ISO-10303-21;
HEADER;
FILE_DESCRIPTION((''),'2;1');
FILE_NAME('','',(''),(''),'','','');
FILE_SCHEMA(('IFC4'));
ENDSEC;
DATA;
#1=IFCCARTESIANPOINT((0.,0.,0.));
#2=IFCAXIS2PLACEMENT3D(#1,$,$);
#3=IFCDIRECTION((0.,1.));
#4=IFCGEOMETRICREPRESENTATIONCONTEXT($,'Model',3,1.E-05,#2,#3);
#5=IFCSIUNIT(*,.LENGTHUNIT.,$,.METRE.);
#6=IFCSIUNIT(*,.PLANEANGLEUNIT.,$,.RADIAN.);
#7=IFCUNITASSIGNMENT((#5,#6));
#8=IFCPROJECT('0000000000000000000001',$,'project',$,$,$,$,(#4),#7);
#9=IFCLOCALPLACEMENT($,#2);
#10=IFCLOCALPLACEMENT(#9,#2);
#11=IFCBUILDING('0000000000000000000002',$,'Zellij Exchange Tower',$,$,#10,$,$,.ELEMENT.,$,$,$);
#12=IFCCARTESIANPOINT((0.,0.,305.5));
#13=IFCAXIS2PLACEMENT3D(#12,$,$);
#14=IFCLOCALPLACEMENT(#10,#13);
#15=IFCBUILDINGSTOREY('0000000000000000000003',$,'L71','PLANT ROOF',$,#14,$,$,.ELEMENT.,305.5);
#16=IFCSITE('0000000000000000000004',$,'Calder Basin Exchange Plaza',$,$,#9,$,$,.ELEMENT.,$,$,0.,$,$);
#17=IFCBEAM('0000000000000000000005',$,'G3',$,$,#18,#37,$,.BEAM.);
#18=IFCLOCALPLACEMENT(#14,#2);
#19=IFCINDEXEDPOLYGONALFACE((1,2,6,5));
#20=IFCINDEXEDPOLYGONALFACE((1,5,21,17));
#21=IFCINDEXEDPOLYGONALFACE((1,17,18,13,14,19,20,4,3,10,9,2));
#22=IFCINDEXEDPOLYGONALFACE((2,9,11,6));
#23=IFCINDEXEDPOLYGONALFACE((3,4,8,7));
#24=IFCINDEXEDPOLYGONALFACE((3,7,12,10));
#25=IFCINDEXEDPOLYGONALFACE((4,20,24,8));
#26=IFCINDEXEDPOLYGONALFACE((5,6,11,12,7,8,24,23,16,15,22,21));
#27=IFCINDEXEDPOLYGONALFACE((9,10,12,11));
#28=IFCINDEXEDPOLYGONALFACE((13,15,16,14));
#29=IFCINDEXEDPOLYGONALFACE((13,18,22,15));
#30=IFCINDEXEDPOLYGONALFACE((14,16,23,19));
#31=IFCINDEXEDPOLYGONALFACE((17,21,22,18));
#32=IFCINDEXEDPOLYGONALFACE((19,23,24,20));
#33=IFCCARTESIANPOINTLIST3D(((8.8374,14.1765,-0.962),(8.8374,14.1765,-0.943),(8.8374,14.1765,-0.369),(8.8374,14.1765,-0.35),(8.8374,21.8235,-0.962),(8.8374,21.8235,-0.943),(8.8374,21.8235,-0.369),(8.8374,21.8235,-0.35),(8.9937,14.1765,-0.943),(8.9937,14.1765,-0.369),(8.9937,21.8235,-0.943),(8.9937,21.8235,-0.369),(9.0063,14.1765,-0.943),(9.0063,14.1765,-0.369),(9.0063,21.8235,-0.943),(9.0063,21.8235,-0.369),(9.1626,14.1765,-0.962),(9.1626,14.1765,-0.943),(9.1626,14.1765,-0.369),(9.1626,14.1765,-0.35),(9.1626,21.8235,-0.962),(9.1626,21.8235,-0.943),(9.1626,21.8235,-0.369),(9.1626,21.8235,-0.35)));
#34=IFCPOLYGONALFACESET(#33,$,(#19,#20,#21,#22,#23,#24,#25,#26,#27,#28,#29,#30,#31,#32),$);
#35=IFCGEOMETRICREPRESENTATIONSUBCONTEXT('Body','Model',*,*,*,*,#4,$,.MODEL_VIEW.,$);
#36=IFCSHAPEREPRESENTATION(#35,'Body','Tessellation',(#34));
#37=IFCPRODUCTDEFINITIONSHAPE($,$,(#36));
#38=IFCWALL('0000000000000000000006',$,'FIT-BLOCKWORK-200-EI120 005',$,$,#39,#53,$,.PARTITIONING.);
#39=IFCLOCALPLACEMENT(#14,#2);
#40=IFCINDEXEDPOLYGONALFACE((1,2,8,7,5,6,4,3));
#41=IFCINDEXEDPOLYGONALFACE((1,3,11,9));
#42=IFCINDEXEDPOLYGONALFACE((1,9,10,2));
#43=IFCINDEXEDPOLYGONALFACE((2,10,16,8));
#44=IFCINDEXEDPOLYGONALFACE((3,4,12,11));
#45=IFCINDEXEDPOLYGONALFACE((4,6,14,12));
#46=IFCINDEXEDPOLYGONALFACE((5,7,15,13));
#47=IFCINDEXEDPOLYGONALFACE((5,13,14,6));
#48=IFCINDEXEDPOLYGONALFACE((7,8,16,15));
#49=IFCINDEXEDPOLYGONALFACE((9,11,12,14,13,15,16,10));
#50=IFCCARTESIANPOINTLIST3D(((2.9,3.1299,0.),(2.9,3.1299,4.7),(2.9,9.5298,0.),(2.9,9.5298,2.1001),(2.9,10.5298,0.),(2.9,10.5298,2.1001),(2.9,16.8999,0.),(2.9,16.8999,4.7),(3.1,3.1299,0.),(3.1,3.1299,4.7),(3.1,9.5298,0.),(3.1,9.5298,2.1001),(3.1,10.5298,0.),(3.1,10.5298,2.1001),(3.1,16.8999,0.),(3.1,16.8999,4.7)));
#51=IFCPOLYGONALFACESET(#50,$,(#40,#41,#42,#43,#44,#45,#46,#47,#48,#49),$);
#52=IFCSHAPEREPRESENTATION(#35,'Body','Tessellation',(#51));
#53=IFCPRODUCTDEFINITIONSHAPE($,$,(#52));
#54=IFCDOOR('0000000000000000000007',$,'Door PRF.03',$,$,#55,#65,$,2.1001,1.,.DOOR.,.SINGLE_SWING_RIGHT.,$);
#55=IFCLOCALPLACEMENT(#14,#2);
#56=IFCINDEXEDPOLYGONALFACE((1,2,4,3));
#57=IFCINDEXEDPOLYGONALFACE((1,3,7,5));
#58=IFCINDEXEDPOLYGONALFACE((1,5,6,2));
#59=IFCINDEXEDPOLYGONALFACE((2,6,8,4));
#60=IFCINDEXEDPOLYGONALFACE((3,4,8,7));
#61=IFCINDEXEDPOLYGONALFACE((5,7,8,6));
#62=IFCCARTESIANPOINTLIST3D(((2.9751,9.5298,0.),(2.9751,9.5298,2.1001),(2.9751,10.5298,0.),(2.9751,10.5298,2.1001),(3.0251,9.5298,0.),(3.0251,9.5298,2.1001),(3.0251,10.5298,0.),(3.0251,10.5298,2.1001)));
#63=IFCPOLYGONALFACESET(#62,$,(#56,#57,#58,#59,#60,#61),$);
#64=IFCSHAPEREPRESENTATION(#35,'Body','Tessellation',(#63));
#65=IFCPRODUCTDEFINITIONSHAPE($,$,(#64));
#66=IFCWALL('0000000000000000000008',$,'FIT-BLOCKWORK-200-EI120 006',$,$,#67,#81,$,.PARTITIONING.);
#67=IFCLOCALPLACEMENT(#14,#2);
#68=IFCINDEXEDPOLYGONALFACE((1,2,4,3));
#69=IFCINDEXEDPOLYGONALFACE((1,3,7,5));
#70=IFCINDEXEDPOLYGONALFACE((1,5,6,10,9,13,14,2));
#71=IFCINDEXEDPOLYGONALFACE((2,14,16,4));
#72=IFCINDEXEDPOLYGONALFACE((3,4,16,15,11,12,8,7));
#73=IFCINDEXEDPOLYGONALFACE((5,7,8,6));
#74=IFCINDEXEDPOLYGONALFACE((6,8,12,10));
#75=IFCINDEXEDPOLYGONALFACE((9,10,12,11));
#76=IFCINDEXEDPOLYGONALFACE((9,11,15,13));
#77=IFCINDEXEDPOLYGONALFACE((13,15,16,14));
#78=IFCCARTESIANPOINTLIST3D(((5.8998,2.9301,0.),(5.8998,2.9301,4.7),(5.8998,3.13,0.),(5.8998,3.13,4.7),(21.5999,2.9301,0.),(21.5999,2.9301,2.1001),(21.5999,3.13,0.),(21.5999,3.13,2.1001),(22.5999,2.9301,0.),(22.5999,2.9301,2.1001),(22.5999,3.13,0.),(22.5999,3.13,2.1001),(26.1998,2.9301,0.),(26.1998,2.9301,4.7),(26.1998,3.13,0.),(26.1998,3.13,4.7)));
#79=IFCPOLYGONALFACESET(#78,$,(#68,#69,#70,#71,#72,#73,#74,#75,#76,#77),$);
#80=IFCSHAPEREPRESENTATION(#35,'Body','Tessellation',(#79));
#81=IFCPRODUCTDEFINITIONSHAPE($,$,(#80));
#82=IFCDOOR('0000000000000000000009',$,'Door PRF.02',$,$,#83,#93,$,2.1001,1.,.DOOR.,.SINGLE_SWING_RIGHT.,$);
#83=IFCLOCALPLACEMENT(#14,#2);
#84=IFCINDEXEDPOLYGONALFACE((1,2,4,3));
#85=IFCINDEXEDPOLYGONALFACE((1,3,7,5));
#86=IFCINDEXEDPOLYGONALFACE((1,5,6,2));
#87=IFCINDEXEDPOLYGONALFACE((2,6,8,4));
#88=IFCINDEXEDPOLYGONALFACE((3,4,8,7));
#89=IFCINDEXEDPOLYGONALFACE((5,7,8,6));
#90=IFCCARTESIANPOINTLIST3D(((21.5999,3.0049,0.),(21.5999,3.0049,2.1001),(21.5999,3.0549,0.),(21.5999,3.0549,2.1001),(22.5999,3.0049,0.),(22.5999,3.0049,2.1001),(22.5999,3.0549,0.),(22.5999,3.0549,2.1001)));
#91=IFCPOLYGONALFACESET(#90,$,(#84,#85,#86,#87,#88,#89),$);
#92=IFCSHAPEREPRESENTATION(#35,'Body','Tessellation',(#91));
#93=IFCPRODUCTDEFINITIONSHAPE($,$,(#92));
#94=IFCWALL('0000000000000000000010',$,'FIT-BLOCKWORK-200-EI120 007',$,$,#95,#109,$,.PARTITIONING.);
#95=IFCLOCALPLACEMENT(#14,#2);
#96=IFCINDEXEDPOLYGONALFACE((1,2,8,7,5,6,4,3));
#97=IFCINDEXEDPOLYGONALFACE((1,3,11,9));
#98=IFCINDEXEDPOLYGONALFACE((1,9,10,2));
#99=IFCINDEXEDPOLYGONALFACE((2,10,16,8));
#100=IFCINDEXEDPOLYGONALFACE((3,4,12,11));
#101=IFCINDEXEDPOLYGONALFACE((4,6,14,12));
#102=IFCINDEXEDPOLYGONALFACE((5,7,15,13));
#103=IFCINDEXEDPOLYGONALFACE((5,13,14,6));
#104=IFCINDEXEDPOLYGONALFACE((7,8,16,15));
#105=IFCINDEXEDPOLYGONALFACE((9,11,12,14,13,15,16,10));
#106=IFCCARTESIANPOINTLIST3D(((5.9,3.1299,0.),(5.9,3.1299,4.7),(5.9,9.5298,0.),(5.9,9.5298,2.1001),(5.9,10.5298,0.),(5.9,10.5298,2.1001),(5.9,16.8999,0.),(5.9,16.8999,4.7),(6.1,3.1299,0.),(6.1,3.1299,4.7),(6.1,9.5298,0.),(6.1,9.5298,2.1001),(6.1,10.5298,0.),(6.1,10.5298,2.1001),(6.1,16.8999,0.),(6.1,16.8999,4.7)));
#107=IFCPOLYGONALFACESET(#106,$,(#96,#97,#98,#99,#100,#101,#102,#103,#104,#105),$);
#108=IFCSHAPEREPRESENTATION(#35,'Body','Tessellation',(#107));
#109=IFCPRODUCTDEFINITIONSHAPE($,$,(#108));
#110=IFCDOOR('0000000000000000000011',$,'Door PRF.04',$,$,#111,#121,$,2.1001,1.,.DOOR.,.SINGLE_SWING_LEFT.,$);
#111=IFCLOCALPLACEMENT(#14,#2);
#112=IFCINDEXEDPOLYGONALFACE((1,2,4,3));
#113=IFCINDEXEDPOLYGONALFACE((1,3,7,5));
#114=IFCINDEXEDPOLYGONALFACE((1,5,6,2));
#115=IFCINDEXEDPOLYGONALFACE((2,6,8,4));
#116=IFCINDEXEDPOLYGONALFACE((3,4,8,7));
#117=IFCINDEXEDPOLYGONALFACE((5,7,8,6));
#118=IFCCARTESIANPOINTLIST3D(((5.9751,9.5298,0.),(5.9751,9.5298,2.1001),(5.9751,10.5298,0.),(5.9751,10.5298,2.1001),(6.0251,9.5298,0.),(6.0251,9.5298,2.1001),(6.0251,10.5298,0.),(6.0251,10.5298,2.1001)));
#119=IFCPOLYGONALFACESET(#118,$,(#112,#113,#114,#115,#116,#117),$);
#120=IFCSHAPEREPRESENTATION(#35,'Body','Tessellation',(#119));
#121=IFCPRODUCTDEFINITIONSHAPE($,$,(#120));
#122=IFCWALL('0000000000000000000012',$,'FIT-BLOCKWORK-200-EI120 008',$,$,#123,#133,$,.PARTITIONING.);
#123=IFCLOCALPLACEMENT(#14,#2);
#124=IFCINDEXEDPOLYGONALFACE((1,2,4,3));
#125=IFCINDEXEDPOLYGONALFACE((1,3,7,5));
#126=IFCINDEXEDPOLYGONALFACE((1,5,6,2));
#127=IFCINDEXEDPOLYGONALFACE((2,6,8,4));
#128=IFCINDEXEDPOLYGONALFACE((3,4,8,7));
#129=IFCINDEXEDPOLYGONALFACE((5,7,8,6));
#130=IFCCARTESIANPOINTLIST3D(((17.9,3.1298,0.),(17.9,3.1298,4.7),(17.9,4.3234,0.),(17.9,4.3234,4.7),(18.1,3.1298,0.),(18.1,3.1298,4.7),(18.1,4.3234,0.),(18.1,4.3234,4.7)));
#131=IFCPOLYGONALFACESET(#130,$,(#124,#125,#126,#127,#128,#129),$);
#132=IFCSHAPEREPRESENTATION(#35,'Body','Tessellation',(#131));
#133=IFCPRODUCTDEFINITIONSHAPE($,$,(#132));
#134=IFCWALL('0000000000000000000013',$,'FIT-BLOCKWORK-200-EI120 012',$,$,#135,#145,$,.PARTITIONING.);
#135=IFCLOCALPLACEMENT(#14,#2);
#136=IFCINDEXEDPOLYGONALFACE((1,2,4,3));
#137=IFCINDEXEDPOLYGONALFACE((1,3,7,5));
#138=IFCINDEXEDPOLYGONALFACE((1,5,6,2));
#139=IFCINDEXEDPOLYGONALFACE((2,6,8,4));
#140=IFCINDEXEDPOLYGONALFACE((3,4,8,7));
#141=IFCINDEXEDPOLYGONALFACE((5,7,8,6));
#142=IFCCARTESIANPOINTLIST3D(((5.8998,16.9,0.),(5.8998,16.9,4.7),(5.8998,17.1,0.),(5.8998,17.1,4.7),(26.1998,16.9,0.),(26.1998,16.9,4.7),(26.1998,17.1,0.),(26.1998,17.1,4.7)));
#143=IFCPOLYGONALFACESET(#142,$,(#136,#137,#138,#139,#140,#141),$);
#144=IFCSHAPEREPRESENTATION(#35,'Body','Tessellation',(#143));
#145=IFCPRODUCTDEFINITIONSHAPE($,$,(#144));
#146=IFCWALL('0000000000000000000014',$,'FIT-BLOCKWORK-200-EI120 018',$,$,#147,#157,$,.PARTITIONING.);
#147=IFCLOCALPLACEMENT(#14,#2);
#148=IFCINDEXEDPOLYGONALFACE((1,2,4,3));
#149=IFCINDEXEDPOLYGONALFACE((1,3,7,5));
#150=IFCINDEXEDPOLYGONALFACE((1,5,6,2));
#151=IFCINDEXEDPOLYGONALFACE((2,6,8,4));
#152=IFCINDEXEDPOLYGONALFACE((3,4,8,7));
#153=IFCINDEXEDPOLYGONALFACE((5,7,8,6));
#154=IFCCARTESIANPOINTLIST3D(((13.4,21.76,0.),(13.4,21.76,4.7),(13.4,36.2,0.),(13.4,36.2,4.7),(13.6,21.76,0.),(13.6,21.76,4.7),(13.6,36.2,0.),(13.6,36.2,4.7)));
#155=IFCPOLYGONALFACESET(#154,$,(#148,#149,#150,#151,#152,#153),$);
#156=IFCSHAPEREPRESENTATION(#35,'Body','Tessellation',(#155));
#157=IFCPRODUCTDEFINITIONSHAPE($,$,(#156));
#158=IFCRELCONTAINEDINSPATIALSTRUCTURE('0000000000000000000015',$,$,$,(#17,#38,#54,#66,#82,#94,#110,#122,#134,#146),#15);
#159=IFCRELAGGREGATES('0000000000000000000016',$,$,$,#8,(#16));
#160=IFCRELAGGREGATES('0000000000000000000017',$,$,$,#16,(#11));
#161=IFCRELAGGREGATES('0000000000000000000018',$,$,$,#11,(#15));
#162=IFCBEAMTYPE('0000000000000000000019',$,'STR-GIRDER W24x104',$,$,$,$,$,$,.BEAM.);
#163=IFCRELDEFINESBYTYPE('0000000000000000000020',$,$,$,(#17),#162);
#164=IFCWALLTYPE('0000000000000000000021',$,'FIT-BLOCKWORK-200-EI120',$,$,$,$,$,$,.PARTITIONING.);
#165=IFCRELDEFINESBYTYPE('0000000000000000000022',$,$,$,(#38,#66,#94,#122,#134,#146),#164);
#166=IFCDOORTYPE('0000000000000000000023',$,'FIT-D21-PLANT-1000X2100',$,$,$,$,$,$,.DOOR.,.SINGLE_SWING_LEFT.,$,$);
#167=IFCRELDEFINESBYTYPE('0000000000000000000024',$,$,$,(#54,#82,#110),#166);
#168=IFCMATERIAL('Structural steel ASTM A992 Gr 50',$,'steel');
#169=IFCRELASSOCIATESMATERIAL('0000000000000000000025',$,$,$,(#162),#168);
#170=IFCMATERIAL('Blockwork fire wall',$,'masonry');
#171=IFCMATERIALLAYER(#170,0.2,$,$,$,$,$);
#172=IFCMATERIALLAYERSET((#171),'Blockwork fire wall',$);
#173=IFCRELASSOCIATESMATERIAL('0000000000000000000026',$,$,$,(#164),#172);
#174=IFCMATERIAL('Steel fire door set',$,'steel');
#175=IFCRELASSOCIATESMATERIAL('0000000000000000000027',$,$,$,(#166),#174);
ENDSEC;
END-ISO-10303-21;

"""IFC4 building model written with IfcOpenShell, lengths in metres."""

from ifc_helpers import new_model, si_unit, direction, frame, frame_2d, origin, origin_2d, place, context, subcontext, project, spatial, rectangle, i_section, extrude, material, layer, layer_set, material_profile, profile_set, type_object, element, fill, save


model = new_model("IFC4")

# Units and contexts
model_context = context("Model", 3, precision=1e-05, world=origin(), true_north=direction((0.0, 1.0)))
body_context = subcontext(model_context, "Body", "Model", "MODEL_VIEW")
ifc_project = project(units=[si_unit("LENGTHUNIT", "METRE"), si_unit("PLANEANGLEUNIT", "RADIAN")], contexts=[model_context])

# Site, building, storey
site_placement = place(None, origin())
site = spatial("IfcSite", under=ifc_project, at=site_placement, Name="Calder Basin Exchange Plaza", CompositionType="ELEMENT", RefElevation=0.0)
building_placement = place(site_placement, origin())
building = spatial("IfcBuilding", under=site, at=building_placement, Name="Zellij Exchange Tower", CompositionType="ELEMENT")
storey_placement = place(building_placement, frame((0.0, 0.0, 305.5)))
storey = spatial("IfcBuildingStorey", under=building, at=storey_placement, Name="L71", Description="PLANT ROOF", CompositionType="ELEMENT", Elevation=305.5)

# Shared definitions
ifc_material_1 = material(Name="Structural steel ASTM A992 Gr 50", Category="steel")

# Beam
ifc_material_profile_1 = material_profile(ifc_material_1, i_section(OverallWidth=0.3252, OverallDepth=0.6121, WebThickness=0.0127, FlangeThickness=0.019, at=origin_2d()), Name="W24x104")
ifc_profile_set_1 = profile_set([ifc_material_profile_1], Name="Structural steel ASTM A992 Gr 50")
beam_type = type_object("IfcBeamType", Name="STR-GIRDER W24x104", PredefinedType="BEAM", material=ifc_profile_set_1)
beam_1_placement = place(storey_placement, frame((9.0, 14.1765, -0.656), z_axis=(0.0, 1.0, 0.0), x_axis=(-1.0, 0.0, 0.0)))
element("IfcBeam", 1, at=beam_1_placement, inside=storey, type_object=beam_type, Name="G3", PredefinedType="BEAM", context=body_context, shape_type="SweptSolid", body=[
    extrude(i_section(OverallWidth=0.3252, OverallDepth=0.6121, WebThickness=0.0127, FlangeThickness=0.019, at=origin_2d()), origin(), (0.0, 0.0, 1.0), 7.647),
])

# Walls, openings, doors
ifc_material_2 = material(Name="Blockwork fire wall", Category="masonry")
ifc_layer_1 = layer(ifc_material_2, 0.2)
ifc_layer_set_1 = layer_set([ifc_layer_1], Name="Blockwork fire wall")
wall_type = type_object("IfcWallType", Name="FIT-BLOCKWORK-200-EI120", PredefinedType="PARTITIONING", material=ifc_layer_set_1)
wall_1_placement = place(storey_placement, frame((3.0, 3.1299, 0.0), z_axis=(0.0, 0.0, 1.0), x_axis=(0.0, 1.0, 0.0)))
wall_1 = element("IfcWall", 2, at=wall_1_placement, inside=storey, type_object=wall_type, Name="FIT-BLOCKWORK-200-EI120 005", PredefinedType="PARTITIONING", context=body_context, shape_type="SweptSolid", body=[
    extrude(rectangle(XDim=13.77, YDim=0.2, at=frame_2d((6.885, 0.0))), origin(), (0.0, 0.0, 1.0), 4.7),
])
opening_1_placement = place(wall_1_placement, frame((6.3999, 0.0, 0.0)))
opening_1 = element("IfcOpeningElement", 3, at=opening_1_placement, cuts=wall_1, PredefinedType="OPENING", context=body_context, shape_type="SweptSolid", body=[
    extrude(rectangle(XDim=1.0, YDim=2.1001, at=frame_2d((0.5, 1.05))), frame((0.0, 0.1118, 0.0), z_axis=(0.0, -1.0, 0.0), x_axis=(1.0, 0.0, 0.0)), (0.0, 0.0, 1.0), 0.2239),
])
ifc_material_3 = material(Name="Steel fire door set", Category="steel")
door_type = type_object("IfcDoorType", Name="FIT-D21-PLANT-1000X2100", OperationType="SINGLE_SWING_LEFT", PredefinedType="DOOR", material=ifc_material_3)
door_1_placement = place(opening_1_placement, origin())
door_1 = element("IfcDoor", 4, at=door_1_placement, inside=storey, type_object=door_type, Name="Door PRF.03", OperationType="SINGLE_SWING_RIGHT", OverallHeight=2.1001, OverallWidth=1.0, PredefinedType="DOOR", context=body_context, shape_type="SweptSolid", body=[
    extrude(rectangle(XDim=1.0, YDim=2.1001, at=frame_2d((0.5, 1.05))), frame((0.0, 0.0249, 0.0), z_axis=(0.0, -1.0, 0.0), x_axis=(1.0, 0.0, 0.0)), (0.0, 0.0, 1.0), 0.05),
])
fill(opening_1, door_1)
wall_2_placement = place(storey_placement, frame((5.8999, 3.03, 0.0), z_axis=(0.0, 0.0, 1.0), x_axis=(1.0, 0.0, 0.0)))
wall_2 = element("IfcWall", 5, at=wall_2_placement, inside=storey, type_object=wall_type, Name="FIT-BLOCKWORK-200-EI120 006", PredefinedType="PARTITIONING", context=body_context, shape_type="SweptSolid", body=[
    extrude(rectangle(XDim=20.3, YDim=0.2, at=frame_2d((10.1499, 0.0))), origin(), (0.0, 0.0, 1.0), 4.7),
])
opening_2_placement = place(wall_2_placement, frame((15.7, 0.0, 0.0)))
opening_2 = element("IfcOpeningElement", 6, at=opening_2_placement, cuts=wall_2, PredefinedType="OPENING", context=body_context, shape_type="SweptSolid", body=[
    extrude(rectangle(XDim=1.0, YDim=2.1001, at=frame_2d((0.5, 1.05))), frame((0.0, 0.1118, 0.0), z_axis=(0.0, -1.0, 0.0), x_axis=(1.0, 0.0, 0.0)), (0.0, 0.0, 1.0), 0.2239),
])
door_2_placement = place(opening_2_placement, origin())
door_2 = element("IfcDoor", 7, at=door_2_placement, inside=storey, type_object=door_type, Name="Door PRF.02", OperationType="SINGLE_SWING_RIGHT", OverallHeight=2.1001, OverallWidth=1.0, PredefinedType="DOOR", context=body_context, shape_type="SweptSolid", body=[
    extrude(rectangle(XDim=1.0, YDim=2.1001, at=frame_2d((0.5, 1.05))), frame((0.0, 0.0249, 0.0), z_axis=(0.0, -1.0, 0.0), x_axis=(1.0, 0.0, 0.0)), (0.0, 0.0, 1.0), 0.05),
])
fill(opening_2, door_2)
wall_3_placement = place(storey_placement, frame((6.0, 3.1299, 0.0), z_axis=(0.0, 0.0, 1.0), x_axis=(0.0, 1.0, 0.0)))
wall_3 = element("IfcWall", 8, at=wall_3_placement, inside=storey, type_object=wall_type, Name="FIT-BLOCKWORK-200-EI120 007", PredefinedType="PARTITIONING", context=body_context, shape_type="SweptSolid", body=[
    extrude(rectangle(XDim=13.77, YDim=0.2, at=frame_2d((6.885, 0.0))), origin(), (0.0, 0.0, 1.0), 4.7),
])
opening_3_placement = place(wall_3_placement, frame((6.3999, 0.0, 0.0)))
opening_3 = element("IfcOpeningElement", 9, at=opening_3_placement, cuts=wall_3, PredefinedType="OPENING", context=body_context, shape_type="SweptSolid", body=[
    extrude(rectangle(XDim=1.0, YDim=2.1001, at=frame_2d((0.5, 1.05))), frame((0.0, 0.1118, 0.0), z_axis=(0.0, -1.0, 0.0), x_axis=(1.0, 0.0, 0.0)), (0.0, 0.0, 1.0), 0.2239),
])
door_3_placement = place(opening_3_placement, origin())
door_3 = element("IfcDoor", 10, at=door_3_placement, inside=storey, type_object=door_type, Name="Door PRF.04", OperationType="SINGLE_SWING_LEFT", OverallHeight=2.1001, OverallWidth=1.0, PredefinedType="DOOR", context=body_context, shape_type="SweptSolid", body=[
    extrude(rectangle(XDim=1.0, YDim=2.1001, at=frame_2d((0.5, 1.05))), frame((0.0, 0.0249, 0.0), z_axis=(0.0, -1.0, 0.0), x_axis=(1.0, 0.0, 0.0)), (0.0, 0.0, 1.0), 0.05),
])
fill(opening_3, door_3)

# Walls
wall_4_placement = place(storey_placement, frame((18.0, 3.1299, 0.0), z_axis=(0.0, 0.0, 1.0), x_axis=(0.0, 1.0, 0.0)))
element("IfcWall", 11, at=wall_4_placement, inside=storey, type_object=wall_type, Name="FIT-BLOCKWORK-200-EI120 008", PredefinedType="PARTITIONING", context=body_context, shape_type="SweptSolid", body=[
    extrude(rectangle(XDim=1.1936, YDim=0.2, at=frame_2d((0.5967, 0.0))), origin(), (0.0, 0.0, 1.0), 4.7),
])
wall_5_placement = place(storey_placement, frame((5.8999, 17.0, 0.0), z_axis=(0.0, 0.0, 1.0), x_axis=(1.0, 0.0, 0.0)))
element("IfcWall", 12, at=wall_5_placement, inside=storey, type_object=wall_type, Name="FIT-BLOCKWORK-200-EI120 012", PredefinedType="PARTITIONING", context=body_context, shape_type="SweptSolid", body=[
    extrude(rectangle(XDim=20.3, YDim=0.2, at=frame_2d((10.1499, 0.0))), origin(), (0.0, 0.0, 1.0), 4.7),
])
wall_6_placement = place(storey_placement, frame((13.5, 21.76, 0.0), z_axis=(0.0, 0.0, 1.0), x_axis=(0.0, 1.0, 0.0)))
element("IfcWall", 13, at=wall_6_placement, inside=storey, type_object=wall_type, Name="FIT-BLOCKWORK-200-EI120 018", PredefinedType="PARTITIONING", context=body_context, shape_type="SweptSolid", body=[
    extrude(rectangle(XDim=14.4399, YDim=0.2, at=frame_2d((7.22, 0.0))), origin(), (0.0, 0.0, 1.0), 4.7),
])

save(model, "model.ifc")
